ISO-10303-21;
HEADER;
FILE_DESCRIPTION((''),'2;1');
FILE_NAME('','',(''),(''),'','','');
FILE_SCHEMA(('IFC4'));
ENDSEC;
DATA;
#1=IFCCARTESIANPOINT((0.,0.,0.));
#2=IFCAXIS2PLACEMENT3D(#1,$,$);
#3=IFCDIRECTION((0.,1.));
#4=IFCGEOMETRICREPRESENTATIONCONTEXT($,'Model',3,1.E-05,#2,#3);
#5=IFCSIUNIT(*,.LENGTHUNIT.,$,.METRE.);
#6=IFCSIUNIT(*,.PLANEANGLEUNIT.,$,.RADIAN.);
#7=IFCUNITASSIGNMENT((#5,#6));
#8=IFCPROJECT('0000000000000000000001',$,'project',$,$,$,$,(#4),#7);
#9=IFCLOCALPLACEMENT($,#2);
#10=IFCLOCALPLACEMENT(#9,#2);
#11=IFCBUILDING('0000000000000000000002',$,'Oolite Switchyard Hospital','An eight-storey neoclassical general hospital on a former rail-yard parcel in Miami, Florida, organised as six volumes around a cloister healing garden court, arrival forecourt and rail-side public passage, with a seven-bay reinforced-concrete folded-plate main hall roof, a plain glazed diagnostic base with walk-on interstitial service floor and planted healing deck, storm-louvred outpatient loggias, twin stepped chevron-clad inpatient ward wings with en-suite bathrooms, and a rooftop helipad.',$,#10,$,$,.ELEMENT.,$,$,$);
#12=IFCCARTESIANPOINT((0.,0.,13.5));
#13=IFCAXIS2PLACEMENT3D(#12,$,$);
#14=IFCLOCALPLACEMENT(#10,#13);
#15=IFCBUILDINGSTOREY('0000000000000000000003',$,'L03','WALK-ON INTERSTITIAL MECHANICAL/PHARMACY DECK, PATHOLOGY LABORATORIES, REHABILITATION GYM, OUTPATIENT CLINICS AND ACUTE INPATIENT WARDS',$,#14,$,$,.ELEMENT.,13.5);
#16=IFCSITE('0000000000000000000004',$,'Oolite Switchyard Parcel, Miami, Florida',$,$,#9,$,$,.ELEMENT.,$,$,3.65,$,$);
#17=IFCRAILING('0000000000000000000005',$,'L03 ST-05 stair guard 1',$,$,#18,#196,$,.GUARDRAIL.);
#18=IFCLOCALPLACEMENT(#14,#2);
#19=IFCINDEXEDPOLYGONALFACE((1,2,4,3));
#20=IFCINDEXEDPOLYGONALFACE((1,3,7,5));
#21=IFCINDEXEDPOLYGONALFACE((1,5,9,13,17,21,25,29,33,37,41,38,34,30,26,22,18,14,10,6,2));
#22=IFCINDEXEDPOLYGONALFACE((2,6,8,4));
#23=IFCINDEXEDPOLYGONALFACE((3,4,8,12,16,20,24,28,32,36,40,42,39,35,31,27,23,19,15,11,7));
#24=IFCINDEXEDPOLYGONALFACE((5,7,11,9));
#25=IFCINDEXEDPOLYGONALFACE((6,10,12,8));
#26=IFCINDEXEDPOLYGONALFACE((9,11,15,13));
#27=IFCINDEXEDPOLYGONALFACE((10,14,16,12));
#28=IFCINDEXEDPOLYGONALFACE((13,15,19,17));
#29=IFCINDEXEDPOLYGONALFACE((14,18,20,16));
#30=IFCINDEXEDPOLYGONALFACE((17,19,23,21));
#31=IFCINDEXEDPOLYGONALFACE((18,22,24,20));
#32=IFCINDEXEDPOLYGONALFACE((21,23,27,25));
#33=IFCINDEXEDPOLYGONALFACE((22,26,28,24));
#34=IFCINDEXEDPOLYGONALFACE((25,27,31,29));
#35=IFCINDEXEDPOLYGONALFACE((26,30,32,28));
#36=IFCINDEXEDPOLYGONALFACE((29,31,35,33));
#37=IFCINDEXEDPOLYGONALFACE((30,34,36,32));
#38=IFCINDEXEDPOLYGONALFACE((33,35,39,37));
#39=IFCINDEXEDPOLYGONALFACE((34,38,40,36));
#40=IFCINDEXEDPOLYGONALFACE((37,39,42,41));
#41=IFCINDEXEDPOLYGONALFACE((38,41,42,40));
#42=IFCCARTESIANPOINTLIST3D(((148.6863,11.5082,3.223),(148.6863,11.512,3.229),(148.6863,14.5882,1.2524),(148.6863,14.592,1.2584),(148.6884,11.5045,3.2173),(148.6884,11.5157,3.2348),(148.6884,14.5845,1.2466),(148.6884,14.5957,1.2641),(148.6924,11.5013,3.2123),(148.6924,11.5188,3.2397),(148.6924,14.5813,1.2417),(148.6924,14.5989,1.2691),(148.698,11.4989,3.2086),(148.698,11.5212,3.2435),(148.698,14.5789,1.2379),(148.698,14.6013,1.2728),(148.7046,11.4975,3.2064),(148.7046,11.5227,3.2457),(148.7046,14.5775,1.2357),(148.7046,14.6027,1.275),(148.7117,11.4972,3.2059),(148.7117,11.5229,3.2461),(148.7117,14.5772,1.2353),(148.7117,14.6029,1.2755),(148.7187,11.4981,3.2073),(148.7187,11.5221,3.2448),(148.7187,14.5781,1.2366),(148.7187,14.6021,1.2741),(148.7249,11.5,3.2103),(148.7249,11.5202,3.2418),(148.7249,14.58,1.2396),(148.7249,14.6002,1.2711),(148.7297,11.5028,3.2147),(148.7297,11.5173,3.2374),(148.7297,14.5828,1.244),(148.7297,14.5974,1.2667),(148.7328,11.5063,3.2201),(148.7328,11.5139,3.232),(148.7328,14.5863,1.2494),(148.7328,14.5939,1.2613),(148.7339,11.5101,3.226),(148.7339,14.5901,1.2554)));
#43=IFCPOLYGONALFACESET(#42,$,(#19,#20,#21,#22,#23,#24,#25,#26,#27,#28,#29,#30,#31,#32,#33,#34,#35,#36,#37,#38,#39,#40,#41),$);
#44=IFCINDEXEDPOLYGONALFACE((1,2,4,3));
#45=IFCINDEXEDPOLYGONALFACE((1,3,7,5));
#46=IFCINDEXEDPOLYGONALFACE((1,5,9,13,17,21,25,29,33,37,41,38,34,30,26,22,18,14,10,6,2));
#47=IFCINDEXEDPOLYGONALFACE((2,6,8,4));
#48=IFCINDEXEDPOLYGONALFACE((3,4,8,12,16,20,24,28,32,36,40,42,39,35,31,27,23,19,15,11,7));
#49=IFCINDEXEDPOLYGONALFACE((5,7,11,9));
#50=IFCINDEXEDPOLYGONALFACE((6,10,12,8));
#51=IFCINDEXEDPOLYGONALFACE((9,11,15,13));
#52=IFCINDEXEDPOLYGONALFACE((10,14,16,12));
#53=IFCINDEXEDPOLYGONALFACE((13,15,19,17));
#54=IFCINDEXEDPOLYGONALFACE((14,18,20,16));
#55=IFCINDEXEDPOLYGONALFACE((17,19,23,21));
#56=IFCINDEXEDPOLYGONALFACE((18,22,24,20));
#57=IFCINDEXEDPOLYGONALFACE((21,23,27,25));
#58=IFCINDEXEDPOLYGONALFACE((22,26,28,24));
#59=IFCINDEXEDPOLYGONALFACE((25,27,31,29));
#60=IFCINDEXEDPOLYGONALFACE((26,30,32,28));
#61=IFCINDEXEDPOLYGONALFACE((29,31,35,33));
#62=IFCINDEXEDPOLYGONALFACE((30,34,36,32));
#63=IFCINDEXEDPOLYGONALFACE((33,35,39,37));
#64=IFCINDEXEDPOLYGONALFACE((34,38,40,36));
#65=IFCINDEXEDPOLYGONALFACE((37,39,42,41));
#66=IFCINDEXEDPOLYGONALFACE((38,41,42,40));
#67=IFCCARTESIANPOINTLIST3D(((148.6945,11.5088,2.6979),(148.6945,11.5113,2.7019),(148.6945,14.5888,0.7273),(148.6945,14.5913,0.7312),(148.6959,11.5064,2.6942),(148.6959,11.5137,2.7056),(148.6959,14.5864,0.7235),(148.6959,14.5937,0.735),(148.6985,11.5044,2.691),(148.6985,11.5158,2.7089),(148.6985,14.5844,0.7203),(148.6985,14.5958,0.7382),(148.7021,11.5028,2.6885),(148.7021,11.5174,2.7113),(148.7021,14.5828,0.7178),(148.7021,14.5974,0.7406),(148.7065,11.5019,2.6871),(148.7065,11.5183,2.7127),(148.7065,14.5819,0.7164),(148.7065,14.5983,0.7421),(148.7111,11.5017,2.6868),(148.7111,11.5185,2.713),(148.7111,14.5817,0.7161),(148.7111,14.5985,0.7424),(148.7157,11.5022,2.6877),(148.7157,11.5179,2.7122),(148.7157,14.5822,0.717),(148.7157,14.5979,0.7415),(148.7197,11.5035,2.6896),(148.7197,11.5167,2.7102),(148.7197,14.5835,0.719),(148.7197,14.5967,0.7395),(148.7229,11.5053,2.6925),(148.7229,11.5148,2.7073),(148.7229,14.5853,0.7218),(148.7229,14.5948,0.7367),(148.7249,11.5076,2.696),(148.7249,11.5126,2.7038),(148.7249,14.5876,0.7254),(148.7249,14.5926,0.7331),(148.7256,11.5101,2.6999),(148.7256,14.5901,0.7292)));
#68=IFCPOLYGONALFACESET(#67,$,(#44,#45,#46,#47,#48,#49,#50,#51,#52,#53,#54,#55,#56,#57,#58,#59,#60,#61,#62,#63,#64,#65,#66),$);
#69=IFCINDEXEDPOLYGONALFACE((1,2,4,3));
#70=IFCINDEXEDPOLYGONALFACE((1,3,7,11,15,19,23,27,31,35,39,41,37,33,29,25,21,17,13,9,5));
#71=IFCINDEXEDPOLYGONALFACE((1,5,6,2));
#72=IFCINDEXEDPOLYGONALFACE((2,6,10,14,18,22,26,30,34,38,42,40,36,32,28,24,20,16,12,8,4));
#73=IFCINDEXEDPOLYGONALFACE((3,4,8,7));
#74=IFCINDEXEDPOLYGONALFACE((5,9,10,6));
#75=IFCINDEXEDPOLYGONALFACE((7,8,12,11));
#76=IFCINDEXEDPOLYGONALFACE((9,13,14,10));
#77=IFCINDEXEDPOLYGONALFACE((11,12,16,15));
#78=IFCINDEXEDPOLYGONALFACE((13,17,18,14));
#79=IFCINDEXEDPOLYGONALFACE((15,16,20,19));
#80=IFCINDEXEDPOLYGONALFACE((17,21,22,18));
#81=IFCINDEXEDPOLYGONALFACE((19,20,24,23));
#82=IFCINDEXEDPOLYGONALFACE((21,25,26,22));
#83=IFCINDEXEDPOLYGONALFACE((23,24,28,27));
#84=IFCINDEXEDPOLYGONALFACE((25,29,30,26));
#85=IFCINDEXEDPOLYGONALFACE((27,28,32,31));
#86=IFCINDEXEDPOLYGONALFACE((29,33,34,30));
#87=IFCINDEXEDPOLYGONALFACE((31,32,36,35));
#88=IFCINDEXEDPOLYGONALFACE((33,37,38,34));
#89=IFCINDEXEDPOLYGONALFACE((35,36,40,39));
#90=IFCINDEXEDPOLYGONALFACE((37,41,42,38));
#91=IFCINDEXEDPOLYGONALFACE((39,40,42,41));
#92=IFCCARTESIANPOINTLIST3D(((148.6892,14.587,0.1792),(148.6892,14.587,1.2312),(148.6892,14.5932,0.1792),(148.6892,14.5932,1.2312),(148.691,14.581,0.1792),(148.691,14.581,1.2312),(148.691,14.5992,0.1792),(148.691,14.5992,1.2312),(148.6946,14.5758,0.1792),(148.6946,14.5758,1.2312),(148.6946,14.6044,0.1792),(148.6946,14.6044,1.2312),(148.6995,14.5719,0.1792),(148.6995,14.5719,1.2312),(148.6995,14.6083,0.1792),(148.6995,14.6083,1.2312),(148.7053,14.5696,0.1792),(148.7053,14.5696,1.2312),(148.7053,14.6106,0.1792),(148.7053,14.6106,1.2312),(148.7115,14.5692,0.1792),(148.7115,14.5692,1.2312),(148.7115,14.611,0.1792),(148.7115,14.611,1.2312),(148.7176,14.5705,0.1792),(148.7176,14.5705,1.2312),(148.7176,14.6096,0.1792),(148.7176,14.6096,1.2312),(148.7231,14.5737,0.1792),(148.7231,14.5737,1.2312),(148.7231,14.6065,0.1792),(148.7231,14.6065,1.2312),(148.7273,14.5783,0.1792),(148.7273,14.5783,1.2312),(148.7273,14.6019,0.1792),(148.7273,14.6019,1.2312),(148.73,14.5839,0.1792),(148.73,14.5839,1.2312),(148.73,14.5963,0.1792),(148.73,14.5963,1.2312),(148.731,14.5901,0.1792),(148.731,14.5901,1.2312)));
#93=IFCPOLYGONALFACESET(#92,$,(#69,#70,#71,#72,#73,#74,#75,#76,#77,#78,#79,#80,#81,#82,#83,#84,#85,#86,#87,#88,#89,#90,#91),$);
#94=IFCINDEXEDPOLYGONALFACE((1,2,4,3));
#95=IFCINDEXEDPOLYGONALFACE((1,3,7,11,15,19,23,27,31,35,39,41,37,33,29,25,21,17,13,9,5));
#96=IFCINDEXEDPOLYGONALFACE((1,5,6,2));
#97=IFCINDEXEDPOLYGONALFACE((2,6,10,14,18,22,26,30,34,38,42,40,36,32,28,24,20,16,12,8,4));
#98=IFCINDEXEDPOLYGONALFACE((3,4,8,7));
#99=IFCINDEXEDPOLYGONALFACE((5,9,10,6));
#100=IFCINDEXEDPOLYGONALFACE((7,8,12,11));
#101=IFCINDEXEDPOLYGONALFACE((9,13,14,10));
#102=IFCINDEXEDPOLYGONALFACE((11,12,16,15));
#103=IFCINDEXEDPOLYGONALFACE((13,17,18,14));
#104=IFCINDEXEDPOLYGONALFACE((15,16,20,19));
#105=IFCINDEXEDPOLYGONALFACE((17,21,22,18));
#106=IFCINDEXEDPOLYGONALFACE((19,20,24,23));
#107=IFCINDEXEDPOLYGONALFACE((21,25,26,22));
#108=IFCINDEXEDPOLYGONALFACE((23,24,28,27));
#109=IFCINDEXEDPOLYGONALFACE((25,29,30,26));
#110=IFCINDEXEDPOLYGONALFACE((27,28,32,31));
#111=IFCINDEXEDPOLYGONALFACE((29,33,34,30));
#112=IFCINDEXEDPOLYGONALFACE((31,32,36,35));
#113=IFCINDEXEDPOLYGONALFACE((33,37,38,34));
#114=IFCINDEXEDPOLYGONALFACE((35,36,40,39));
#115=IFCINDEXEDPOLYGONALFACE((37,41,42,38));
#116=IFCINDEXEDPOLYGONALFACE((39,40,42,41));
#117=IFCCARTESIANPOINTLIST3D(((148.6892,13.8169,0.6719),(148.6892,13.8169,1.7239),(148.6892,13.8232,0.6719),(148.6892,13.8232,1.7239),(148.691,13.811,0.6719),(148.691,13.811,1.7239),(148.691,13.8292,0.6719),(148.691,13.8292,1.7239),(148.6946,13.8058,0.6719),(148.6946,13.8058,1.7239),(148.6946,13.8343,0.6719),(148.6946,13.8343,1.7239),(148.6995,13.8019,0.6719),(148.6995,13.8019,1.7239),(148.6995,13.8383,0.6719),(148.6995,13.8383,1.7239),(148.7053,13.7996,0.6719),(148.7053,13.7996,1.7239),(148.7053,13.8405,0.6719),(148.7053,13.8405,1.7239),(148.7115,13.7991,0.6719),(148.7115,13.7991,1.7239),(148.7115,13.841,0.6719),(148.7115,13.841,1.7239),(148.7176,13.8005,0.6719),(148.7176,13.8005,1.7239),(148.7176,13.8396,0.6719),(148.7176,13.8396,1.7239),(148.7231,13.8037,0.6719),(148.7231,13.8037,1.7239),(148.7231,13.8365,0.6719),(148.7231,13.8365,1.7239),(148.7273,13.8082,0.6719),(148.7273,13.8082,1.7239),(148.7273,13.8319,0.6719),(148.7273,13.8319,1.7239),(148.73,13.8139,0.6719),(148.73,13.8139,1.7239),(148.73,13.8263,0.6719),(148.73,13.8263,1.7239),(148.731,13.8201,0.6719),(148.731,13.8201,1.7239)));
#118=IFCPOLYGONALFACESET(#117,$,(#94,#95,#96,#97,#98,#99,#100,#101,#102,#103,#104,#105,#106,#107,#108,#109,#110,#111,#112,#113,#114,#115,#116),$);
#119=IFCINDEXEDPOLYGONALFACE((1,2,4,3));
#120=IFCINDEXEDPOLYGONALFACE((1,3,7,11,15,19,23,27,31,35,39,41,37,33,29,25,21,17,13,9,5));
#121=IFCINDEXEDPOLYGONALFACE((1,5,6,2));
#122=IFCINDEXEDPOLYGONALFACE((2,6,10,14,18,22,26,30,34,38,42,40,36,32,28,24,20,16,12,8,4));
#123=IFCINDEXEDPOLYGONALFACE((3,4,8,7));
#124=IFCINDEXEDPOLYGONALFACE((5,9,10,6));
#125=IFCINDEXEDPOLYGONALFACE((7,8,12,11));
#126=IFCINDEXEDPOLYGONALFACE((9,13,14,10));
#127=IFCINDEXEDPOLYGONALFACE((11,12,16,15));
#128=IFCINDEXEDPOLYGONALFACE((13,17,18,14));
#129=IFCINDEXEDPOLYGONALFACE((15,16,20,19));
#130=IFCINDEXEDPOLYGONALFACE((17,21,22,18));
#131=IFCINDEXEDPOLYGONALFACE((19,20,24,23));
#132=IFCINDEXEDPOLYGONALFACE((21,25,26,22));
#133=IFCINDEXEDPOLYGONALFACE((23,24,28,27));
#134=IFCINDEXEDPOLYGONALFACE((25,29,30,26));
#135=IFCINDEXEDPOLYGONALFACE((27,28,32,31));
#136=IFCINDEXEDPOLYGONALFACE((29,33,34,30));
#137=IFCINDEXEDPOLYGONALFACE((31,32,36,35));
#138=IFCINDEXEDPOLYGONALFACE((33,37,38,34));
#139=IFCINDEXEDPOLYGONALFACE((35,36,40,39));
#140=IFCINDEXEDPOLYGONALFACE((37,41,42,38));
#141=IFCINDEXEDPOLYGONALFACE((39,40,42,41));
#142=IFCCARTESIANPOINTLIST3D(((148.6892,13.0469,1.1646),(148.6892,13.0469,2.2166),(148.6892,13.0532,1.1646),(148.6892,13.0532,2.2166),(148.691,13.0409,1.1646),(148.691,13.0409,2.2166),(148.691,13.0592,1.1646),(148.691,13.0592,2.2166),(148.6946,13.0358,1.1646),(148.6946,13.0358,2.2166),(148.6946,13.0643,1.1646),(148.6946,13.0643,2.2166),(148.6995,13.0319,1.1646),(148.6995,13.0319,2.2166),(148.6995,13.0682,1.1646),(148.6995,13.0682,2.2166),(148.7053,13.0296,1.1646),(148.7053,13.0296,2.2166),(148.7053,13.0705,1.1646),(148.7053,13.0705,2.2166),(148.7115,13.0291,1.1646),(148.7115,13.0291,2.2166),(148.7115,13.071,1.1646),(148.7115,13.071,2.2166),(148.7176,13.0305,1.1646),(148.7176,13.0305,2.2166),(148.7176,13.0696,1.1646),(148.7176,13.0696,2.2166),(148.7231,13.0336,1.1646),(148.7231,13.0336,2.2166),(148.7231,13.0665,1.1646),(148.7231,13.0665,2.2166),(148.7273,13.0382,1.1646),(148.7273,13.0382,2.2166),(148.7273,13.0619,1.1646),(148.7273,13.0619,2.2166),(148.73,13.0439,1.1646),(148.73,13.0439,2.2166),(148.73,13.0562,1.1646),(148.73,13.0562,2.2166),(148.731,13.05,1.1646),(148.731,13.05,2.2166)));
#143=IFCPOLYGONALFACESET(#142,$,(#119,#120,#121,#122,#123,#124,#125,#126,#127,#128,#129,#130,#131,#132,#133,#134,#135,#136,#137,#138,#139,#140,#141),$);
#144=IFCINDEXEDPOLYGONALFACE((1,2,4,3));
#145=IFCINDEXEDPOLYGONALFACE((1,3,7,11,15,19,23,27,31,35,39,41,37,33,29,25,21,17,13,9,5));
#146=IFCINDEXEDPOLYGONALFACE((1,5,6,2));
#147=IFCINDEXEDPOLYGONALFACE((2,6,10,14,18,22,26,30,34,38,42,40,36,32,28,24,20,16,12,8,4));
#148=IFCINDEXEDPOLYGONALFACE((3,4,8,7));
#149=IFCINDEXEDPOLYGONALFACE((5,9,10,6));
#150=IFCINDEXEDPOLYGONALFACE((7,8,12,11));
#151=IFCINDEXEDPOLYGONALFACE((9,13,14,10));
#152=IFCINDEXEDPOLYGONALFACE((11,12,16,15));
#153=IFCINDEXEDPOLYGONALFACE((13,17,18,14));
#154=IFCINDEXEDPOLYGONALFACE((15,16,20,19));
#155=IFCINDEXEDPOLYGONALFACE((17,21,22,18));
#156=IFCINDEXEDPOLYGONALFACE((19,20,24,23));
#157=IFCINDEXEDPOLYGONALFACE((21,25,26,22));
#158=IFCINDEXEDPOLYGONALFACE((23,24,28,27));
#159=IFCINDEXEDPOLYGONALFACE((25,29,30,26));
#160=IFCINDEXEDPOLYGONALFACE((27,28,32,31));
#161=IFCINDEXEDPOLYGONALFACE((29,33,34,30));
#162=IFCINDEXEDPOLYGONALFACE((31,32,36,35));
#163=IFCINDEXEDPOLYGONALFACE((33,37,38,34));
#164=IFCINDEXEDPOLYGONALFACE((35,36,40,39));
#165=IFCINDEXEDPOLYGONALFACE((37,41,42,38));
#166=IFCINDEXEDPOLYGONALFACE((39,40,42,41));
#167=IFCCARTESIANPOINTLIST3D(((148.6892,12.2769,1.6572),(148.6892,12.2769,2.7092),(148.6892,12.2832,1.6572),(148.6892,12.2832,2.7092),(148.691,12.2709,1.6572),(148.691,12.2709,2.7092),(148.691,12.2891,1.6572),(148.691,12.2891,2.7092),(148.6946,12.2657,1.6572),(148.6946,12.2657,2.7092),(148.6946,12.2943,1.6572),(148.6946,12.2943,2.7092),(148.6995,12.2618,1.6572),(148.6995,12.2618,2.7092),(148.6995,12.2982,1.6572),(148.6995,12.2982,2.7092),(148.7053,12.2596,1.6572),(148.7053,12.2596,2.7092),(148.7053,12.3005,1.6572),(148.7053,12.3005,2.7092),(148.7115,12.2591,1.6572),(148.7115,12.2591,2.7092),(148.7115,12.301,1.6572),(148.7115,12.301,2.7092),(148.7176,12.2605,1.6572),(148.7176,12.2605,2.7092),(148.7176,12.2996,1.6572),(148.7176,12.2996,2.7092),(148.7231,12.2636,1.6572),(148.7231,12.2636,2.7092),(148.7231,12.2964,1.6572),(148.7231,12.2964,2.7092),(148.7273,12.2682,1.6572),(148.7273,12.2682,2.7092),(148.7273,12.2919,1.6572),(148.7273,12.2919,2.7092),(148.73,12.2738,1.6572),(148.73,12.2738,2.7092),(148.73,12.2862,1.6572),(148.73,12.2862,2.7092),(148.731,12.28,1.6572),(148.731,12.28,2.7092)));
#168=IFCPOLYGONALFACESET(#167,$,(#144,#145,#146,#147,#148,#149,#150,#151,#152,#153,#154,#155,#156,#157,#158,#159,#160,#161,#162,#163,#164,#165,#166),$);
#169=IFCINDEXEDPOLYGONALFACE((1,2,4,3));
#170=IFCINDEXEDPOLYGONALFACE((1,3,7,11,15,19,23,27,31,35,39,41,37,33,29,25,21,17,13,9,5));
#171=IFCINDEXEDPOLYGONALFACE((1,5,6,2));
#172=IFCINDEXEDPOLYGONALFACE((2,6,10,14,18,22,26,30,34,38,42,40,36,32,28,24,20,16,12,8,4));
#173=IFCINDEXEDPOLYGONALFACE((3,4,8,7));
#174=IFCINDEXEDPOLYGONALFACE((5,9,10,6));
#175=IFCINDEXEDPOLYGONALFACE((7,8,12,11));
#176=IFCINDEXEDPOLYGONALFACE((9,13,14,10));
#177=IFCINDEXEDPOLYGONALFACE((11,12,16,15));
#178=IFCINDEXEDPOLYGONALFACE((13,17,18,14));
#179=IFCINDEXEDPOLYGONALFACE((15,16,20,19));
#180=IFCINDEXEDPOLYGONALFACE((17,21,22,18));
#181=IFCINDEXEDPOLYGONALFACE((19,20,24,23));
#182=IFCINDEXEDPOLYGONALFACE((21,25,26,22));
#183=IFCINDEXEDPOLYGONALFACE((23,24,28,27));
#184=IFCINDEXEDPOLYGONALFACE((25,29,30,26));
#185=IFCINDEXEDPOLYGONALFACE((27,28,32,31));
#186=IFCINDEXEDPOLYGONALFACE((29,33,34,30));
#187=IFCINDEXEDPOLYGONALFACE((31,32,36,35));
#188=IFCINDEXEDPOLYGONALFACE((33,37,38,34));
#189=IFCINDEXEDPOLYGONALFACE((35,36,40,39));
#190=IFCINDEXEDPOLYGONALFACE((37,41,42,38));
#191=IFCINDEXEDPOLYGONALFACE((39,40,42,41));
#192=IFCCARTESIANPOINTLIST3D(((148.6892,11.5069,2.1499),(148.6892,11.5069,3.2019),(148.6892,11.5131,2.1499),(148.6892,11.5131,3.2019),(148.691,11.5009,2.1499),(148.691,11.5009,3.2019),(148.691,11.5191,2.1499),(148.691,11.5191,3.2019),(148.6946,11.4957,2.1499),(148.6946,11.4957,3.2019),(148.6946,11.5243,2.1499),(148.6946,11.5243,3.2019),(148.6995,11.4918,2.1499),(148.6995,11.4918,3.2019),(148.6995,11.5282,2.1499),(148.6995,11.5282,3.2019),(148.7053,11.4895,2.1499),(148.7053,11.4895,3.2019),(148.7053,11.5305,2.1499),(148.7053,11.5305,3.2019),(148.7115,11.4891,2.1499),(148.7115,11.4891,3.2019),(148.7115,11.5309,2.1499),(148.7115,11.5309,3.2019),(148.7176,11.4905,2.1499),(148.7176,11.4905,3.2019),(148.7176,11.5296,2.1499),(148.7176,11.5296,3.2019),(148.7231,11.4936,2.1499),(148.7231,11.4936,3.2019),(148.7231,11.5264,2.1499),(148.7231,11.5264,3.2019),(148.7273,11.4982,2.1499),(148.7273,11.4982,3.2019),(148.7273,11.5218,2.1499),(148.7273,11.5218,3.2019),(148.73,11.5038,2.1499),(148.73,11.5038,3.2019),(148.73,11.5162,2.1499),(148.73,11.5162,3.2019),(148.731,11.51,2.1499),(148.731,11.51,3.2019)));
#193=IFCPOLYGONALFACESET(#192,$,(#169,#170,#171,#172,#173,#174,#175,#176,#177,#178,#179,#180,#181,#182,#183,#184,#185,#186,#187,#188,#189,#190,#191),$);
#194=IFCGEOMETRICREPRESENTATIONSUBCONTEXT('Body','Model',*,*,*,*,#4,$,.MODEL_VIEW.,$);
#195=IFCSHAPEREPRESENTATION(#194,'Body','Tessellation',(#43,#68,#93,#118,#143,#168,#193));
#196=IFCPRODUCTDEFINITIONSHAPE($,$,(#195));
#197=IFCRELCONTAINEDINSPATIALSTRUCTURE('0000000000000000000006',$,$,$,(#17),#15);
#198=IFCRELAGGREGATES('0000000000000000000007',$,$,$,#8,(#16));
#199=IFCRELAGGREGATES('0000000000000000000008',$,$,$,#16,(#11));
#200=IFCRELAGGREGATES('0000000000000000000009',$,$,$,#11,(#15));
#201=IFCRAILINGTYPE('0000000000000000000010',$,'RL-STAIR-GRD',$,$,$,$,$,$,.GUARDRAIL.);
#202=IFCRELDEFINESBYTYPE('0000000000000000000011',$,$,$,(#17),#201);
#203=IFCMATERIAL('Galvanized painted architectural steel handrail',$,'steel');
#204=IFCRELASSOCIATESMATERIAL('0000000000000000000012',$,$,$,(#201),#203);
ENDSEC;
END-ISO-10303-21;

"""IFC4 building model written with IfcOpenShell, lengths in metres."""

from ifc_helpers import new_model, si_unit, direction, frame, origin, origin_2d, place, context, subcontext, project, spatial, circle, extrude, material, type_object, element, save


model = new_model("IFC4")

# Units and contexts
model_context = context("Model", 3, precision=1e-05, world=origin(), true_north=direction((0.0, 1.0)))
body_context = subcontext(model_context, "Body", "Model", "MODEL_VIEW")
ifc_project = project(units=[si_unit("LENGTHUNIT", "METRE"), si_unit("PLANEANGLEUNIT", "RADIAN")], contexts=[model_context])

# Site, building, storey
site_placement = place(None, origin())
site = spatial("IfcSite", under=ifc_project, at=site_placement, Name="Oolite Switchyard Parcel, Miami, Florida", CompositionType="ELEMENT", RefElevation=3.65)
building_placement = place(site_placement, origin())
building = spatial("IfcBuilding", under=site, at=building_placement, Name="Oolite Switchyard Hospital", Description="An eight-storey neoclassical general hospital on a former rail-yard parcel in Miami, Florida, organised as six volumes around a cloister healing garden court, arrival forecourt and rail-side public passage, with a seven-bay reinforced-concrete folded-plate main hall roof, a plain glazed diagnostic base with walk-on interstitial service floor and planted healing deck, storm-louvred outpatient loggias, twin stepped chevron-clad inpatient ward wings with en-suite bathrooms, and a rooftop helipad.", CompositionType="ELEMENT")
storey_placement = place(building_placement, frame((0.0, 0.0, 13.5)))
storey = spatial("IfcBuildingStorey", under=building, at=storey_placement, Name="L03", Description="WALK-ON INTERSTITIAL MECHANICAL/PHARMACY DECK, PATHOLOGY LABORATORIES, REHABILITATION GYM, OUTPATIENT CLINICS AND ACUTE INPATIENT WARDS", CompositionType="ELEMENT", Elevation=13.5)

# Railing
ifc_material_1 = material(Name="Galvanized painted architectural steel handrail", Category="steel")
railing_type_1 = type_object("IfcRailingType", Name="RL-STAIR-GRD", PredefinedType="GUARDRAIL", material=ifc_material_1)
railing_1_placement = place(storey_placement, frame((148.71, 14.5901, 0.1792)))
element("IfcRailing", 1, at=railing_1_placement, inside=storey, type_object=railing_type_1, Name="L03 ST-05 stair guard 1", PredefinedType="GUARDRAIL", context=body_context, shape_type="SweptSolid", body=[
    extrude(circle(Radius=0.0239, at=origin_2d()), frame((0.0, 0.0, 1.0762), z_axis=(0.0, -0.842339, 0.538948), x_axis=(1.0, 0.0, 0.0)), (0.0, 0.0, 1.0), 3.6565),
    extrude(circle(Radius=0.0156, at=origin_2d()), frame((0.0, 0.0, 0.55), z_axis=(0.0, -0.842339, 0.538948), x_axis=(1.0, 0.0, 0.0)), (0.0, 0.0, 1.0), 3.6565),
    extrude(circle(Radius=0.021, at=origin_2d()), origin(), (0.0, 0.0, 1.0), 1.052),
    extrude(circle(Radius=0.021, at=origin_2d()), frame((0.0, -0.77, 0.4927)), (0.0, 0.0, 1.0), 1.052),
    extrude(circle(Radius=0.021, at=origin_2d()), frame((0.0, -1.54, 0.9854)), (0.0, 0.0, 1.0), 1.052),
    extrude(circle(Radius=0.021, at=origin_2d()), frame((0.0, -2.3101, 1.478)), (0.0, 0.0, 1.0), 1.052),
    extrude(circle(Radius=0.021, at=origin_2d()), frame((0.0, -3.0801, 1.9707)), (0.0, 0.0, 1.0), 1.052),
])

save(model, "model.ifc")
